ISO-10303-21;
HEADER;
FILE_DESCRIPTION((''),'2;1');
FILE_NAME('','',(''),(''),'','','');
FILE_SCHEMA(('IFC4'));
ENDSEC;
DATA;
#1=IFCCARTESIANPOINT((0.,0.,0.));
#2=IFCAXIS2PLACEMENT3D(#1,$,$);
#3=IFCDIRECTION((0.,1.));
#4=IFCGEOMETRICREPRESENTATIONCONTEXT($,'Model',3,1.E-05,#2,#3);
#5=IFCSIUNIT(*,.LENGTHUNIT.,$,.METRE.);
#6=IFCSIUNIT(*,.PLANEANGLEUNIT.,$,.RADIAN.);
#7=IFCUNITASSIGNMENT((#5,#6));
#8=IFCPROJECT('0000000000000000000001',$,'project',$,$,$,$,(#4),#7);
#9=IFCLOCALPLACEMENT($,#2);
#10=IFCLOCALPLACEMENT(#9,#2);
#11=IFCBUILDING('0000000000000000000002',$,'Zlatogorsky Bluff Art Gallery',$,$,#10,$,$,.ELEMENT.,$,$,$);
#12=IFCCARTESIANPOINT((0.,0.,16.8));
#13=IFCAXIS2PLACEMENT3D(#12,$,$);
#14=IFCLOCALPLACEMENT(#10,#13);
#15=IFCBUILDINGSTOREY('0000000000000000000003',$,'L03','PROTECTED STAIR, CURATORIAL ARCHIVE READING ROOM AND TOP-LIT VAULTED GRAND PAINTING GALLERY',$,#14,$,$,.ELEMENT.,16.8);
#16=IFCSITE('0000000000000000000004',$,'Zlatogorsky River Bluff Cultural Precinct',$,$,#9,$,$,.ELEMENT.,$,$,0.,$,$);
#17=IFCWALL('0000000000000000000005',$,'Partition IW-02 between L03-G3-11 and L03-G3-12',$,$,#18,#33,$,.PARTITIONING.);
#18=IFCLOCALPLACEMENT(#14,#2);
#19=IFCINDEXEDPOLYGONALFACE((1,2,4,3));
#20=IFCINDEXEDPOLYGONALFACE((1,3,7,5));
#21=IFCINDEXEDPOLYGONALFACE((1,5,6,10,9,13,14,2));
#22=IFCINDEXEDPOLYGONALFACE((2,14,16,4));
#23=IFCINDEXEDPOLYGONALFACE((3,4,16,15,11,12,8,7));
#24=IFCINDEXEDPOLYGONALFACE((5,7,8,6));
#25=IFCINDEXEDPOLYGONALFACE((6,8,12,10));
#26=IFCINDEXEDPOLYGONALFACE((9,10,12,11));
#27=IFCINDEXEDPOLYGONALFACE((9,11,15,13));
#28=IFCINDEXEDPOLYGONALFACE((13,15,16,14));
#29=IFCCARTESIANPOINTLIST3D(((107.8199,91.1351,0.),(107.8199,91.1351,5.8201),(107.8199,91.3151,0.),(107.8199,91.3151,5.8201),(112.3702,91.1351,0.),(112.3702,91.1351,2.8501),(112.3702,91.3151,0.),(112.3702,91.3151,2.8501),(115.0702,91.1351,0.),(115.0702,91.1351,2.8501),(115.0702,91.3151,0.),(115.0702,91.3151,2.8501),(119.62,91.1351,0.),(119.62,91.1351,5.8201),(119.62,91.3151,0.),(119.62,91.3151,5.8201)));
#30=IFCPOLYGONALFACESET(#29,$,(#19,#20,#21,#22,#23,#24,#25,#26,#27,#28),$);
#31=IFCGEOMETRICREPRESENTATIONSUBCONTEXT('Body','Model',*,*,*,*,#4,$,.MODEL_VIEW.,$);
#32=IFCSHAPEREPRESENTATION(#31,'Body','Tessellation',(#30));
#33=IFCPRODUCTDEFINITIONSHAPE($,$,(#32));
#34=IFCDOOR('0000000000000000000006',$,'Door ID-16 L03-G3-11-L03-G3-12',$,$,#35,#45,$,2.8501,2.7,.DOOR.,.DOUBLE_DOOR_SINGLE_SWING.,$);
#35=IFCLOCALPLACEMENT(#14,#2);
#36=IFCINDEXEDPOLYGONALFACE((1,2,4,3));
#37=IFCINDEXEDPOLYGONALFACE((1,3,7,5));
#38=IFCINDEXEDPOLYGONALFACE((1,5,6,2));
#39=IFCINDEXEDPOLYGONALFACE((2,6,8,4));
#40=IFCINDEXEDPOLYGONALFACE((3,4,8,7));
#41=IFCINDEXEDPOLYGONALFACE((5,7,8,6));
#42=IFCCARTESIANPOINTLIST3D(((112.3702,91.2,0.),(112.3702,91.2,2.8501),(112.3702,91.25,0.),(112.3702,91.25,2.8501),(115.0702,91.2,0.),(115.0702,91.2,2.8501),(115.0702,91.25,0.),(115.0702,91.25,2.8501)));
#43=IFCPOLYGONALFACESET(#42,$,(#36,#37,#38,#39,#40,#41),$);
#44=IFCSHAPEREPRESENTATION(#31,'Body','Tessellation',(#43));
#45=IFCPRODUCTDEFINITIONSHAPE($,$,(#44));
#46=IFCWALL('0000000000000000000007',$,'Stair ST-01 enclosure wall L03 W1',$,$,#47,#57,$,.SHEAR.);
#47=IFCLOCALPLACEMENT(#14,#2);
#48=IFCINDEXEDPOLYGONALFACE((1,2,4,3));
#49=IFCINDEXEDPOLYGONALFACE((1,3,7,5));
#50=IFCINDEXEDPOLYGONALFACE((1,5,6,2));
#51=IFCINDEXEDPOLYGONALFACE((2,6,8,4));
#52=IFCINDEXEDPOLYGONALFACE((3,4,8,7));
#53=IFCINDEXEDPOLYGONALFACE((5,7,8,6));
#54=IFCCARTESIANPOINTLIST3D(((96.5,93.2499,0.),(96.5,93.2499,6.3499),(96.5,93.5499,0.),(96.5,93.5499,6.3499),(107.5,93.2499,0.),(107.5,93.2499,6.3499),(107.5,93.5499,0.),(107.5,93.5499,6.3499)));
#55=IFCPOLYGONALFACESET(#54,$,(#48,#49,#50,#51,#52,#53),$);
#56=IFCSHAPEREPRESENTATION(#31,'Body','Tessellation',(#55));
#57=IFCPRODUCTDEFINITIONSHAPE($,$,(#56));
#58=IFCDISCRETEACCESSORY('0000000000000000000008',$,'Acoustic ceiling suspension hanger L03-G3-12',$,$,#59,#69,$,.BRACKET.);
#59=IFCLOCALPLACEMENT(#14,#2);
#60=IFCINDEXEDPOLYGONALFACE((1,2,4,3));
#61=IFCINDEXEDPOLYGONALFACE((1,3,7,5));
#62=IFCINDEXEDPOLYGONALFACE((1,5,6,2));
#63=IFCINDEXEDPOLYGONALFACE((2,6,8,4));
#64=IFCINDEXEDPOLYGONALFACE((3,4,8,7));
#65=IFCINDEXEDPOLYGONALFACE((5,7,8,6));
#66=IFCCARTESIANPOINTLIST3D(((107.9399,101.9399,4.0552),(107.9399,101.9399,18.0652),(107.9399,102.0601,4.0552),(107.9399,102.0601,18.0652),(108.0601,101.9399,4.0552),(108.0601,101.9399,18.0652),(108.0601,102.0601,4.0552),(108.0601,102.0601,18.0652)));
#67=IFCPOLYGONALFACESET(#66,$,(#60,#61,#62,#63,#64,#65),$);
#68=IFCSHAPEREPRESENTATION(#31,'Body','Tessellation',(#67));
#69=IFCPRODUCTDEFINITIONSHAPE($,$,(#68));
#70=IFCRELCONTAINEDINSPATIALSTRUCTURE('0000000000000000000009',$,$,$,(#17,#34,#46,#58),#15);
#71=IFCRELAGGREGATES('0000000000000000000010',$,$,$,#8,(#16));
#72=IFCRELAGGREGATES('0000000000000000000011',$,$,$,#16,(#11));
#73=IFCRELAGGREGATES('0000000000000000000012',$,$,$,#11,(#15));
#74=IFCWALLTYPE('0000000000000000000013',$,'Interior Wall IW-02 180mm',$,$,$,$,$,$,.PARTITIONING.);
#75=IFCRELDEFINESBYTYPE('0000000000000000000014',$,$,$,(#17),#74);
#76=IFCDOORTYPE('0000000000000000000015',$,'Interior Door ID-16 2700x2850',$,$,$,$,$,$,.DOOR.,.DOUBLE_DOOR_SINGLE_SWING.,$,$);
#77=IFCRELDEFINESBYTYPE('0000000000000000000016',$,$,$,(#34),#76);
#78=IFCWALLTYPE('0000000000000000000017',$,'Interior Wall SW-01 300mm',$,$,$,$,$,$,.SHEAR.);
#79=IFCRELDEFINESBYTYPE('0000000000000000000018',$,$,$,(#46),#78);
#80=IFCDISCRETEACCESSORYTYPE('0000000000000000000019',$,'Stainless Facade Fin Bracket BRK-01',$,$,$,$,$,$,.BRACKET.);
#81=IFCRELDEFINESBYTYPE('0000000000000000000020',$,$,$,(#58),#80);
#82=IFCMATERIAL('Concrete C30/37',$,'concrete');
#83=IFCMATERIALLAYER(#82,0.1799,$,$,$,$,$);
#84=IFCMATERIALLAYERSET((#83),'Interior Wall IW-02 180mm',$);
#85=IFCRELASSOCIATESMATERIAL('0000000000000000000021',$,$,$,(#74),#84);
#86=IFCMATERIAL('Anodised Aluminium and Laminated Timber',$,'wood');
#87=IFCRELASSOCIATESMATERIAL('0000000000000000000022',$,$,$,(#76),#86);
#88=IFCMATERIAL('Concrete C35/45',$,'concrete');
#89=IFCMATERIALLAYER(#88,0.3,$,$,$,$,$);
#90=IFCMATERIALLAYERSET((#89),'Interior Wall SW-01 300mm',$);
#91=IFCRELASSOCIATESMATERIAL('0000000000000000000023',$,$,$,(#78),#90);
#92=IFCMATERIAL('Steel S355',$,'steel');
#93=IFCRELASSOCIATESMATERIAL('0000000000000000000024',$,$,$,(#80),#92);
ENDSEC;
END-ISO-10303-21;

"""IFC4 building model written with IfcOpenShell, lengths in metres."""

from ifc_helpers import new_model, si_unit, direction, frame, frame_2d, origin, origin_2d, place, context, subcontext, project, spatial, rectangle, extrude, material, layer, layer_set, type_object, element, fill, save


model = new_model("IFC4")

# Units and contexts
model_context = context("Model", 3, precision=1e-05, world=origin(), true_north=direction((0.0, 1.0)))
body_context = subcontext(model_context, "Body", "Model", "MODEL_VIEW")
ifc_project = project(units=[si_unit("LENGTHUNIT", "METRE"), si_unit("PLANEANGLEUNIT", "RADIAN")], contexts=[model_context])

# Site, building, storey
site_placement = place(None, origin())
site = spatial("IfcSite", under=ifc_project, at=site_placement, Name="Zlatogorsky River Bluff Cultural Precinct", CompositionType="ELEMENT", RefElevation=0.0)
building_placement = place(site_placement, origin())
building = spatial("IfcBuilding", under=site, at=building_placement, Name="Zlatogorsky Bluff Art Gallery", CompositionType="ELEMENT")
storey_placement = place(building_placement, frame((0.0, 0.0, 16.8)))
storey = spatial("IfcBuildingStorey", under=building, at=storey_placement, Name="L03", Description="PROTECTED STAIR, CURATORIAL ARCHIVE READING ROOM AND TOP-LIT VAULTED GRAND PAINTING GALLERY", CompositionType="ELEMENT", Elevation=16.8)

# Shared definitions
ifc_material_1 = material(Name="Steel S355", Category="steel")

# Wall, opening, door
ifc_material_2 = material(Name="Concrete C30/37", Category="concrete")
ifc_layer_1 = layer(ifc_material_2, 0.1799)
ifc_layer_set_1 = layer_set([ifc_layer_1], Name="Interior Wall IW-02 180mm")
wall_type_1 = type_object("IfcWallType", Name="Interior Wall IW-02 180mm", PredefinedType="PARTITIONING", material=ifc_layer_set_1)
wall_1_placement = place(storey_placement, frame((107.8201, 91.2251, 0.0), z_axis=(0.0, 0.0, 1.0), x_axis=(1.0, 0.0, 0.0)))
wall_1 = element("IfcWall", 1, at=wall_1_placement, inside=storey, type_object=wall_type_1, Name="Partition IW-02 between L03-G3-11 and L03-G3-12", PredefinedType="PARTITIONING", context=body_context, shape_type="SweptSolid", body=[
    extrude(rectangle(XDim=11.8, YDim=0.1799, at=frame_2d((5.8999, 0.0))), origin(), (0.0, 0.0, 1.0), 5.8201),
])
opening_placement = place(wall_1_placement, frame((4.55, 0.0, 0.0)))
opening = element("IfcOpeningElement", 2, at=opening_placement, cuts=wall_1, PredefinedType="OPENING", context=body_context, shape_type="SweptSolid", body=[
    extrude(rectangle(XDim=2.7, YDim=2.8501, at=frame_2d((1.3501, 1.425))), frame((0.0, 0.0999, 0.0), z_axis=(0.0, -1.0, 0.0), x_axis=(1.0, 0.0, 0.0)), (0.0, 0.0, 1.0), 0.2),
])
ifc_material_3 = material(Name="Anodised Aluminium and Laminated Timber", Category="wood")
door_type = type_object("IfcDoorType", Name="Interior Door ID-16 2700x2850", OperationType="DOUBLE_DOOR_SINGLE_SWING", PredefinedType="DOOR", material=ifc_material_3)
door_placement = place(opening_placement, origin())
door = element("IfcDoor", 3, at=door_placement, inside=storey, type_object=door_type, Name="Door ID-16 L03-G3-11-L03-G3-12", OperationType="DOUBLE_DOOR_SINGLE_SWING", OverallHeight=2.8501, OverallWidth=2.7, PredefinedType="DOOR", context=body_context, shape_type="SweptSolid", body=[
    extrude(rectangle(XDim=2.7, YDim=2.8501, at=frame_2d((1.3501, 1.425))), frame((0.0, 0.0249, 0.0), z_axis=(0.0, -1.0, 0.0), x_axis=(1.0, 0.0, 0.0)), (0.0, 0.0, 1.0), 0.05),
])
fill(opening, door)

# Wall
ifc_material_4 = material(Name="Concrete C35/45", Category="concrete")
ifc_layer_2 = layer(ifc_material_4, 0.3)
ifc_layer_set_2 = layer_set([ifc_layer_2], Name="Interior Wall SW-01 300mm")
wall_type_2 = type_object("IfcWallType", Name="Interior Wall SW-01 300mm", PredefinedType="SHEAR", material=ifc_layer_set_2)
wall_2_placement = place(storey_placement, frame((107.5, 93.3999, 0.0), z_axis=(0.0, 0.0, 1.0), x_axis=(-1.0, 0.0, 0.0)))
element("IfcWall", 4, at=wall_2_placement, inside=storey, type_object=wall_type_2, Name="Stair ST-01 enclosure wall L03 W1", PredefinedType="SHEAR", context=body_context, shape_type="SweptSolid", body=[
    extrude(rectangle(XDim=11.0, YDim=0.3, at=frame_2d((5.5, 0.0))), origin(), (0.0, 0.0, 1.0), 6.3499),
])

# Discrete accessory
discrete_accessory_type = type_object("IfcDiscreteAccessoryType", Name="Stainless Facade Fin Bracket BRK-01", PredefinedType="BRACKET", material=ifc_material_1)
discrete_accessory_placement = place(storey_placement, frame((108.0, 102.0, 4.0552), z_axis=(0.0, 0.0, 1.0), x_axis=(1.0, 0.0, 0.0)))
element("IfcDiscreteAccessory", 5, at=discrete_accessory_placement, inside=storey, type_object=discrete_accessory_type, Name="Acoustic ceiling suspension hanger L03-G3-12", PredefinedType="BRACKET", context=body_context, shape_type="SweptSolid", body=[
    extrude(rectangle(XDim=0.1201, YDim=0.1201, at=origin_2d()), origin(), (0.0, 0.0, 1.0), 14.01),
])

save(model, "model.ifc")
